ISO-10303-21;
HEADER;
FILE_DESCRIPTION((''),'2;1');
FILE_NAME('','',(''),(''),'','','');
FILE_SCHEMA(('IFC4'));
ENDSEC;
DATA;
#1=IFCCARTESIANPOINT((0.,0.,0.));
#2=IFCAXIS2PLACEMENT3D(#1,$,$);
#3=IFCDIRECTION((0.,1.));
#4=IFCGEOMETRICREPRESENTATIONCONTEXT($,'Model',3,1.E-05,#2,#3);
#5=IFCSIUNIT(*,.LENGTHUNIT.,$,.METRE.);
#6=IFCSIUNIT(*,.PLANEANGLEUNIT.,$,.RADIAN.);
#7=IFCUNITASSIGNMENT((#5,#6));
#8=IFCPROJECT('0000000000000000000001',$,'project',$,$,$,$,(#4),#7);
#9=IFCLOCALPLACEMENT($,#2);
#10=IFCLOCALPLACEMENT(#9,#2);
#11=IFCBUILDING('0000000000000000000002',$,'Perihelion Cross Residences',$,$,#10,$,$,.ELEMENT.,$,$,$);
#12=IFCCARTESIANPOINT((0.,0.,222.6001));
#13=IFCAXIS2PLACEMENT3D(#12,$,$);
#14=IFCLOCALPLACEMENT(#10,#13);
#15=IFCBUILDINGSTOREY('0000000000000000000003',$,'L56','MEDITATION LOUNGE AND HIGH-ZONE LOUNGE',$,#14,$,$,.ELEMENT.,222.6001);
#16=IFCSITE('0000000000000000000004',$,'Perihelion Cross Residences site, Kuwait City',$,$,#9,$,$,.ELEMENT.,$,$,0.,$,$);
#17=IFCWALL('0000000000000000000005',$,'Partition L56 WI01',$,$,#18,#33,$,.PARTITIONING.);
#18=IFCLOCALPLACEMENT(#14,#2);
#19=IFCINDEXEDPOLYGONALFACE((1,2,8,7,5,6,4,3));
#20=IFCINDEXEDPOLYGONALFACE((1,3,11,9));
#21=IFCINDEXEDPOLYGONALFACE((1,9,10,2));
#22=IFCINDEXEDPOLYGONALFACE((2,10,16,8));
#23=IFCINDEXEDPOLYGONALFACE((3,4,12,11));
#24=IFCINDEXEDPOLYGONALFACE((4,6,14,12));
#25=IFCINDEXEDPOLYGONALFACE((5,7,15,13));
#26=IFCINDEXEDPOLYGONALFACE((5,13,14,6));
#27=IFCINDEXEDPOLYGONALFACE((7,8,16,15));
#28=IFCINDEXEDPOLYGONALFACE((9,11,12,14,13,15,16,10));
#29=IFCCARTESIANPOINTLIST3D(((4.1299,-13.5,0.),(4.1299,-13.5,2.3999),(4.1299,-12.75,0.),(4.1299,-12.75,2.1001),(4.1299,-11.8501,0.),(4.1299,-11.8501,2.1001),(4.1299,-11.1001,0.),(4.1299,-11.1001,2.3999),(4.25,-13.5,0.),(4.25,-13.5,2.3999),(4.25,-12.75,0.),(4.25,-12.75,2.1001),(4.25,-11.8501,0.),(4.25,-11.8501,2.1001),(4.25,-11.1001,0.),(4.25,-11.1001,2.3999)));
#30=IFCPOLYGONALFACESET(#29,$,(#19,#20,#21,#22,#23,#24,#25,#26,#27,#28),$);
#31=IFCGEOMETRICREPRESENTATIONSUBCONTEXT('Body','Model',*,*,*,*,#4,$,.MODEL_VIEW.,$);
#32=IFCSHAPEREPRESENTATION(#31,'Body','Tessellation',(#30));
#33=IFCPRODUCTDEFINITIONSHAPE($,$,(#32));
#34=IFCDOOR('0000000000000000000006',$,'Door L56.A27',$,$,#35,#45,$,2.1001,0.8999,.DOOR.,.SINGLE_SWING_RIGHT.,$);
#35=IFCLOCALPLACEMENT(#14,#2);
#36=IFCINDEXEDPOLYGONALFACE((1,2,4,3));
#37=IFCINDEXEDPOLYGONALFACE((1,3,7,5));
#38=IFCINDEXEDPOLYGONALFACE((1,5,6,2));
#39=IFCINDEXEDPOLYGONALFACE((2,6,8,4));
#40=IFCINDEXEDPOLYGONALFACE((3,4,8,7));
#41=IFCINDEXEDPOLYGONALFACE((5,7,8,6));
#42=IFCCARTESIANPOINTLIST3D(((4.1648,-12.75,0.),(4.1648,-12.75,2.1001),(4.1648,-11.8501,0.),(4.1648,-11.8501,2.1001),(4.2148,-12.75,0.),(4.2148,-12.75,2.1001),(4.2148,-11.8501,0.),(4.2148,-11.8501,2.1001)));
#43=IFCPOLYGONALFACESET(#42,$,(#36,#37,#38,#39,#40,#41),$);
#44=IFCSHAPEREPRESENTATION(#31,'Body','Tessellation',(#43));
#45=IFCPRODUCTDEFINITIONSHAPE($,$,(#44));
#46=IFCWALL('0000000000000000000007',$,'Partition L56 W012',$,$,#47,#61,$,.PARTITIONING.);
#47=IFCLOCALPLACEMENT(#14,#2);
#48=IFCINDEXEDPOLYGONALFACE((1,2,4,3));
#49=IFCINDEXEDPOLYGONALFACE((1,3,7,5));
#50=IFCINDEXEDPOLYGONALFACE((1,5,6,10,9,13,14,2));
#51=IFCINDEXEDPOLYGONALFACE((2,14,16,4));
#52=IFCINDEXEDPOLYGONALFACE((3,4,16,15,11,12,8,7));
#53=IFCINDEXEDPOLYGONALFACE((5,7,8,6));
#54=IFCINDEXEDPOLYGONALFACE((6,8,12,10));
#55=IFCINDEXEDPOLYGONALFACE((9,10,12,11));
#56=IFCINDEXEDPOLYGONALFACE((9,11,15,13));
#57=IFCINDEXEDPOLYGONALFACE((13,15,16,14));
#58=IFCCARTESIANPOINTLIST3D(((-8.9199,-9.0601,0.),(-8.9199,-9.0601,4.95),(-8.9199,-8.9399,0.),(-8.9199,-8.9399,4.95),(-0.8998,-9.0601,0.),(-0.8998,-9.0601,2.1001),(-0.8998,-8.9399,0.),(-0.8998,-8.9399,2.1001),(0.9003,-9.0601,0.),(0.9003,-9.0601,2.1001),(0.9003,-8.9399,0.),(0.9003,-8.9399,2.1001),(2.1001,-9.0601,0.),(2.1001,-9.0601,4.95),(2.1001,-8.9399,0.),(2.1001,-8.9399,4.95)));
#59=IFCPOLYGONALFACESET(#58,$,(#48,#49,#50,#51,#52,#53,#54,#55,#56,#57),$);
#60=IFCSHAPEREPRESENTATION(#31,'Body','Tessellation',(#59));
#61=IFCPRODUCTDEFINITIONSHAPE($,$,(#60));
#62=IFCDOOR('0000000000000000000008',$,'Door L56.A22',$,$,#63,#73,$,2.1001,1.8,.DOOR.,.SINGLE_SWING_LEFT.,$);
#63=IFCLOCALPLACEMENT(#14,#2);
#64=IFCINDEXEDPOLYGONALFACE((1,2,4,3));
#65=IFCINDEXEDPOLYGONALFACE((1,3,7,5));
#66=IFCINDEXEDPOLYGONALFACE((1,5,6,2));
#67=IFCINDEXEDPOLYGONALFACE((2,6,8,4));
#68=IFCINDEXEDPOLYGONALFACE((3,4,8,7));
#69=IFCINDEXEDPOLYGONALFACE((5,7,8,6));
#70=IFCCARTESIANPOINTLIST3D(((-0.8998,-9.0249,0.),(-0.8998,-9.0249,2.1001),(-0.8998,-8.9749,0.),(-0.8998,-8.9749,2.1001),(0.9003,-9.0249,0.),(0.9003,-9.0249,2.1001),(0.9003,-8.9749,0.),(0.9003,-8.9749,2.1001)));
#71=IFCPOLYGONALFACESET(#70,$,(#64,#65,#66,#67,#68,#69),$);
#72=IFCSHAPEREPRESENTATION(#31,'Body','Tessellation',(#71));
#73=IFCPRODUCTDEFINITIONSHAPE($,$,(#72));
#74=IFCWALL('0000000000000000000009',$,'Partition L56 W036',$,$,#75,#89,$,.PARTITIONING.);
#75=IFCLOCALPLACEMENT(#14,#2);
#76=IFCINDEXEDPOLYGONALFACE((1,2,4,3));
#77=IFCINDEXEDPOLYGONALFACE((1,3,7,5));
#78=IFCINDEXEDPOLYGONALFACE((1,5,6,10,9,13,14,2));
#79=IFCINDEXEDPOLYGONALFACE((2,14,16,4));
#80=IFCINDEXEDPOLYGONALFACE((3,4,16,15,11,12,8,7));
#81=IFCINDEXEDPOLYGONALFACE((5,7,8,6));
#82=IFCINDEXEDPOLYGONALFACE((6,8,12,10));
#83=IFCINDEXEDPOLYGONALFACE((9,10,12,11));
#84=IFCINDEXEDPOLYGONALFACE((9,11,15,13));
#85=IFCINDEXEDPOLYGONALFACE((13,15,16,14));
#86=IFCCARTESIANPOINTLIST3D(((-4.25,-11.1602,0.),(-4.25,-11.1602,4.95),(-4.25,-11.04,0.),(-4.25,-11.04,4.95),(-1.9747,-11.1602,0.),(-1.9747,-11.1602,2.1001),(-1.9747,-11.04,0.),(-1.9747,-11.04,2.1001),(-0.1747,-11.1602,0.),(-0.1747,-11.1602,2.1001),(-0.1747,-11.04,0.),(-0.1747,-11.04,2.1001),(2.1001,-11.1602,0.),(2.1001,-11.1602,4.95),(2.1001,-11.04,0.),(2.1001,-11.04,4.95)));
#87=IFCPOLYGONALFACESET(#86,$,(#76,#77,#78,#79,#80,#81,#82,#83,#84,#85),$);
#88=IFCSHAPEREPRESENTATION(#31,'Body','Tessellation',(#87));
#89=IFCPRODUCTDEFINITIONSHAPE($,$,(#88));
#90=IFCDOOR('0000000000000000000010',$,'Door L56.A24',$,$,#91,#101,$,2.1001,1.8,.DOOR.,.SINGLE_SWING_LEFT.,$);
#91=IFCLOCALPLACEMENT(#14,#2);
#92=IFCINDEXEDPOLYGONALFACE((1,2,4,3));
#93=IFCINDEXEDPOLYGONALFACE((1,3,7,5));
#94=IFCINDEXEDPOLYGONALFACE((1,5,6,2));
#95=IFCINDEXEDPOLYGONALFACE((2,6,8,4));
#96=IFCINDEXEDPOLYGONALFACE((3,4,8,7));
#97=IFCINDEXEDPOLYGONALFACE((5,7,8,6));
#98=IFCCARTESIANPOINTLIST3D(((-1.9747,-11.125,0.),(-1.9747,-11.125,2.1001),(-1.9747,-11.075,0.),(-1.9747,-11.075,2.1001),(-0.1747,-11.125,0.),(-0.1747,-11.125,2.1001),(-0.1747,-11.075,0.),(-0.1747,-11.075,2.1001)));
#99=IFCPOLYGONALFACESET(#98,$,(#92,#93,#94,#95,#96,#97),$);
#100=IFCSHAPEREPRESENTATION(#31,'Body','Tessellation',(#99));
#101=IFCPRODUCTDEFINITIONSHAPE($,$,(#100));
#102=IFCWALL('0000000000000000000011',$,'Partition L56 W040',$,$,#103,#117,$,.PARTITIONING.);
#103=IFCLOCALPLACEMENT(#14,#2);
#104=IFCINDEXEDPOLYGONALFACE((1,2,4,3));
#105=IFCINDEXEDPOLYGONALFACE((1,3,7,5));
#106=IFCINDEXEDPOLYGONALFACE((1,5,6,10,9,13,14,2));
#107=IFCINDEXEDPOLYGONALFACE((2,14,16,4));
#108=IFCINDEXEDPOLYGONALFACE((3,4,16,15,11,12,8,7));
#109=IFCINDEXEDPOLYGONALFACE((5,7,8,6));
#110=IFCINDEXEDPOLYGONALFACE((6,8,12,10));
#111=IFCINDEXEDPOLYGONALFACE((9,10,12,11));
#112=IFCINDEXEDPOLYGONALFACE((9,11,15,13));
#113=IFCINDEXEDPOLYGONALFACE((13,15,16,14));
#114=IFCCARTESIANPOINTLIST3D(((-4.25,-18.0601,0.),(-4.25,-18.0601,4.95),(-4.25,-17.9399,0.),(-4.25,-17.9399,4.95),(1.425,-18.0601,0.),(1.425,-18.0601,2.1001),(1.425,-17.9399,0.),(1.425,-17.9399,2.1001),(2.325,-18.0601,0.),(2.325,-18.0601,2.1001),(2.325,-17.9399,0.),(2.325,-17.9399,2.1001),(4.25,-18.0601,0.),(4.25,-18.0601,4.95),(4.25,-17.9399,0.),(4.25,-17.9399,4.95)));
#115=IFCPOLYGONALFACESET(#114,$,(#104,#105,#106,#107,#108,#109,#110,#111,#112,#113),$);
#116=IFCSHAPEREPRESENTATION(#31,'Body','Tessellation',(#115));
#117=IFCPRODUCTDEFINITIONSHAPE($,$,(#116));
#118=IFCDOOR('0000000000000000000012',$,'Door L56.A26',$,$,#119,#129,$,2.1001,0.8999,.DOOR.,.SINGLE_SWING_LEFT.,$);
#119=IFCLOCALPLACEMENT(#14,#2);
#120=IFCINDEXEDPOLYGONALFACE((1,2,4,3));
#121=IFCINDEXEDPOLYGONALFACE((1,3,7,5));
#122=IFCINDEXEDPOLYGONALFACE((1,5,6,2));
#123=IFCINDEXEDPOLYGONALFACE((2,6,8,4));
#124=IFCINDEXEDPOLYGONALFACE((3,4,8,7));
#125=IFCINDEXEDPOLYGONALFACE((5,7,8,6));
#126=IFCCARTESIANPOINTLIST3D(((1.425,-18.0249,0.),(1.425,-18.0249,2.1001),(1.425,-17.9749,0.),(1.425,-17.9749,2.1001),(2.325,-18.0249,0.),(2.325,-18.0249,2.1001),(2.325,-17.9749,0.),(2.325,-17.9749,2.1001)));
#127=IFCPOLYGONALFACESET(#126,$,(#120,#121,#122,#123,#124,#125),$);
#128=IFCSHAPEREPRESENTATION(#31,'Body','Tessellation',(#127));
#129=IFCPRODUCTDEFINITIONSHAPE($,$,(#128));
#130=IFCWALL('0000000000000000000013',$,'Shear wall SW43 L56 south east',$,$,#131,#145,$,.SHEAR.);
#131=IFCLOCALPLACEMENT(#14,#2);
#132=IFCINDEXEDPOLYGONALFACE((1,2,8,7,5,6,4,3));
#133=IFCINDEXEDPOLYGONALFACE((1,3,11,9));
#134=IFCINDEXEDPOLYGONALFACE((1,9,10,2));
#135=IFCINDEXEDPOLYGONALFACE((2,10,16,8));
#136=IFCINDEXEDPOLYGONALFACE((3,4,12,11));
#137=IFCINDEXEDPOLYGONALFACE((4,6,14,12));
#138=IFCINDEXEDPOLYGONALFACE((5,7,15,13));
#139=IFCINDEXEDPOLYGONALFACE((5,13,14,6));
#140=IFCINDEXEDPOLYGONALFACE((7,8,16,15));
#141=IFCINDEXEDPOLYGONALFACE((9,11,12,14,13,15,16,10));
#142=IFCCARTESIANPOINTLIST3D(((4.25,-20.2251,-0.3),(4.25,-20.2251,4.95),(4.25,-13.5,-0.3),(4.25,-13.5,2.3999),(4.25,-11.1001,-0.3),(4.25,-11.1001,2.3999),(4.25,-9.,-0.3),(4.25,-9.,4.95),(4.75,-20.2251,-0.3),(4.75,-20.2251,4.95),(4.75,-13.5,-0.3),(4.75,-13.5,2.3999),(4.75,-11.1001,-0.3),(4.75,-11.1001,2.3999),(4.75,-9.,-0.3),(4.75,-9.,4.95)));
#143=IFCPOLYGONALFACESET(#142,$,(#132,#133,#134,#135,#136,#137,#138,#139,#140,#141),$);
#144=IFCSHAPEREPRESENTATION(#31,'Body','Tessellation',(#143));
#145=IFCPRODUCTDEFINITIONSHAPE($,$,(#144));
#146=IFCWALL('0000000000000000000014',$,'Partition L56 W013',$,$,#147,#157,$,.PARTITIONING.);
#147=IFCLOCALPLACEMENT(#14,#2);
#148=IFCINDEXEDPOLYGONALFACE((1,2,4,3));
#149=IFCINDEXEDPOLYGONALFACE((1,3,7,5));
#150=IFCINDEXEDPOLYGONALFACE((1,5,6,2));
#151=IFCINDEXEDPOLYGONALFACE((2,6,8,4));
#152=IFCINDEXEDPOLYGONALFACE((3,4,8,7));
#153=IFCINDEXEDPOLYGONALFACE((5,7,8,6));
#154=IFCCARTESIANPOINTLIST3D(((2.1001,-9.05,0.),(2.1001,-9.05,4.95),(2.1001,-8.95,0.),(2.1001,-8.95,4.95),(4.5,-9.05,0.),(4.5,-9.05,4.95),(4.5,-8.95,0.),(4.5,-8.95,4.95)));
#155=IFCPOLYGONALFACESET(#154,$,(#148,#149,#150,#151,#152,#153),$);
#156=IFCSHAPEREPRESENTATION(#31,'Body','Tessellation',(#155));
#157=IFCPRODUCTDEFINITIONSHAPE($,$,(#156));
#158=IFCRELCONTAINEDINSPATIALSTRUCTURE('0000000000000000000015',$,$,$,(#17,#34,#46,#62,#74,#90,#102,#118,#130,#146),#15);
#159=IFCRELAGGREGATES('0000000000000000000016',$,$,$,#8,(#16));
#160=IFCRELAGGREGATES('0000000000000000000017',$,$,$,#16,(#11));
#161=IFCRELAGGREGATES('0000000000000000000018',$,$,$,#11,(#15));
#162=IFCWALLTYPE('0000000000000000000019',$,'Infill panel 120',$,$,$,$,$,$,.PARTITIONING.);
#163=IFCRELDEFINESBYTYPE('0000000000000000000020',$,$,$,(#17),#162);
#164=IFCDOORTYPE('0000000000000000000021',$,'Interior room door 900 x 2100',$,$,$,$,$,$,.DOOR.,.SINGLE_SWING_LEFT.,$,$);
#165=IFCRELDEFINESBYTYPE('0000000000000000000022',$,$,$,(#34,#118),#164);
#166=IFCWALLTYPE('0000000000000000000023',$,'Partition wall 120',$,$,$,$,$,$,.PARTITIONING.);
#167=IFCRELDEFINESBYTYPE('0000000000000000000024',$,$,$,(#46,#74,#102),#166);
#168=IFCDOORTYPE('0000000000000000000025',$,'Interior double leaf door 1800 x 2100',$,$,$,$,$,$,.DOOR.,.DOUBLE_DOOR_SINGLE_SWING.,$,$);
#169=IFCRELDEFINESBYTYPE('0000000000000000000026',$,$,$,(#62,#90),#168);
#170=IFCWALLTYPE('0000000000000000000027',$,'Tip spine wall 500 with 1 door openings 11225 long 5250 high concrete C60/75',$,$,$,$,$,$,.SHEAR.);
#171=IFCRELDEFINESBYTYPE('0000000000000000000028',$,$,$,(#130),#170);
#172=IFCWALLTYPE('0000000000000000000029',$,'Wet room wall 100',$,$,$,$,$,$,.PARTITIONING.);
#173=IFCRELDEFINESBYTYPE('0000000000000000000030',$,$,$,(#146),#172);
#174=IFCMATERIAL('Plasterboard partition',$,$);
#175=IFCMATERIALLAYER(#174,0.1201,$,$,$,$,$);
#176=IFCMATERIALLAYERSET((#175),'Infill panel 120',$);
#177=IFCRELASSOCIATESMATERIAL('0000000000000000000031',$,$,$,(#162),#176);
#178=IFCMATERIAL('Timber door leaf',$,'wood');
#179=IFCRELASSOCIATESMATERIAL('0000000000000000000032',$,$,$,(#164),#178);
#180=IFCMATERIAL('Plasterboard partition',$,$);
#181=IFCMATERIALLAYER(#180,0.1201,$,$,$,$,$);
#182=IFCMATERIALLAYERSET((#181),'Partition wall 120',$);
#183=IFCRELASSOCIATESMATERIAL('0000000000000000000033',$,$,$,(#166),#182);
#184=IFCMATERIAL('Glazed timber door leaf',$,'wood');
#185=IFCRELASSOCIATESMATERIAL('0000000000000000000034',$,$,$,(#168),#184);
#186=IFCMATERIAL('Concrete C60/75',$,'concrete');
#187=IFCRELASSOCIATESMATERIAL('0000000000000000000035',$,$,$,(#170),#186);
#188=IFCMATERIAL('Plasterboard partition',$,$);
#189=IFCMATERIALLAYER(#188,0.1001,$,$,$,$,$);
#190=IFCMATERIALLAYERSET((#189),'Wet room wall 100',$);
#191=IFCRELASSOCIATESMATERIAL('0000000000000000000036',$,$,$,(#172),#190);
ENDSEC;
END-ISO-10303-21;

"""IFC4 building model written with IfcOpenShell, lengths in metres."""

from ifc_helpers import new_model, si_unit, direction, frame, frame_2d, origin, place, context, subcontext, project, spatial, polyline, rectangle, outline, extrude, material, layer, layer_set, material_profile, profile_set, type_object, element, fill, save


model = new_model("IFC4")

# Units and contexts
model_context = context("Model", 3, precision=1e-05, world=origin(), true_north=direction((0.0, 1.0)))
body_context = subcontext(model_context, "Body", "Model", "MODEL_VIEW")
ifc_project = project(units=[si_unit("LENGTHUNIT", "METRE"), si_unit("PLANEANGLEUNIT", "RADIAN")], contexts=[model_context])

# Site, building, storey
site_placement = place(None, origin())
site = spatial("IfcSite", under=ifc_project, at=site_placement, Name="Perihelion Cross Residences site, Kuwait City", CompositionType="ELEMENT", RefElevation=0.0)
building_placement = place(site_placement, origin())
building = spatial("IfcBuilding", under=site, at=building_placement, Name="Perihelion Cross Residences", CompositionType="ELEMENT")
storey_placement = place(building_placement, frame((0.0, 0.0, 222.6001)))
storey = spatial("IfcBuildingStorey", under=building, at=storey_placement, Name="L56", Description="MEDITATION LOUNGE AND HIGH-ZONE LOUNGE", CompositionType="ELEMENT", Elevation=222.6001)

# Walls, openings, doors
ifc_material_1 = material(Name="Plasterboard partition")
ifc_layer_1 = layer(ifc_material_1, 0.1201)
ifc_layer_set_1 = layer_set([ifc_layer_1], Name="Infill panel 120")
wall_type_1 = type_object("IfcWallType", Name="Infill panel 120", PredefinedType="PARTITIONING", material=ifc_layer_set_1)
wall_1_placement = place(storey_placement, frame((4.1899, -11.1001, 0.0), z_axis=(0.0, 0.0, 1.0), x_axis=(0.0, -1.0, 0.0)))
wall_1 = element("IfcWall", 1, at=wall_1_placement, inside=storey, type_object=wall_type_1, Name="Partition L56 WI01", PredefinedType="PARTITIONING", context=body_context, shape_type="SweptSolid", body=[
    extrude(rectangle(XDim=2.3999, YDim=0.1201, at=frame_2d((1.2, 0.0))), origin(), (0.0, 0.0, 1.0), 2.3999),
])
opening_1_placement = place(wall_1_placement, frame((0.75, 0.0, 0.0)))
opening_1 = element("IfcOpeningElement", 2, at=opening_1_placement, cuts=wall_1, PredefinedType="OPENING", context=body_context, shape_type="SweptSolid", body=[
    extrude(rectangle(XDim=0.8999, YDim=2.1001, at=frame_2d((0.45, 1.05))), frame((0.0, 0.0701, 0.0), z_axis=(0.0, -1.0, 0.0), x_axis=(1.0, 0.0, 0.0)), (0.0, 0.0, 1.0), 0.1401),
])
ifc_material_2 = material(Name="Timber door leaf", Category="wood")
door_type_1 = type_object("IfcDoorType", Name="Interior room door 900 x 2100", OperationType="SINGLE_SWING_LEFT", PredefinedType="DOOR", material=ifc_material_2)
door_1_placement = place(opening_1_placement, origin())
door_1 = element("IfcDoor", 3, at=door_1_placement, inside=storey, type_object=door_type_1, Name="Door L56.A27", OperationType="SINGLE_SWING_RIGHT", OverallHeight=2.1001, OverallWidth=0.8999, PredefinedType="DOOR", context=body_context, shape_type="SweptSolid", body=[
    extrude(rectangle(XDim=0.8999, YDim=2.1001, at=frame_2d((0.45, 1.05))), frame((0.0, 0.0249, 0.0), z_axis=(0.0, -1.0, 0.0), x_axis=(1.0, 0.0, 0.0)), (0.0, 0.0, 1.0), 0.05),
])
fill(opening_1, door_1)
ifc_material_3 = material(Name="Plasterboard partition")
ifc_layer_2 = layer(ifc_material_3, 0.1201)
ifc_layer_set_2 = layer_set([ifc_layer_2], Name="Partition wall 120")
wall_type_2 = type_object("IfcWallType", Name="Partition wall 120", PredefinedType="PARTITIONING", material=ifc_layer_set_2)
wall_2_placement = place(storey_placement, frame((2.1001, -9.0, 0.0), z_axis=(0.0, 0.0, 1.0), x_axis=(-1.0, 0.0, 0.0)))
wall_2 = element("IfcWall", 4, at=wall_2_placement, inside=storey, type_object=wall_type_2, Name="Partition L56 W012", PredefinedType="PARTITIONING", context=body_context, shape_type="SweptSolid", body=[
    extrude(rectangle(XDim=11.02, YDim=0.1201, at=frame_2d((5.51, 0.0))), origin(), (0.0, 0.0, 1.0), 4.95),
])
opening_2_placement = place(wall_2_placement, frame((1.2, 0.0, 0.0)))
opening_2 = element("IfcOpeningElement", 5, at=opening_2_placement, cuts=wall_2, PredefinedType="OPENING", context=body_context, shape_type="SweptSolid", body=[
    extrude(rectangle(XDim=1.8, YDim=2.1001, at=frame_2d((0.8999, 1.05))), frame((0.0, 0.0701, 0.0), z_axis=(0.0, -1.0, 0.0), x_axis=(1.0, 0.0, 0.0)), (0.0, 0.0, 1.0), 0.1401),
])
ifc_material_4 = material(Name="Glazed timber door leaf", Category="wood")
door_type_2 = type_object("IfcDoorType", Name="Interior double leaf door 1800 x 2100", OperationType="DOUBLE_DOOR_SINGLE_SWING", PredefinedType="DOOR", material=ifc_material_4)
door_2_placement = place(opening_2_placement, origin())
door_2 = element("IfcDoor", 6, at=door_2_placement, inside=storey, type_object=door_type_2, Name="Door L56.A22", OperationType="SINGLE_SWING_LEFT", OverallHeight=2.1001, OverallWidth=1.8, PredefinedType="DOOR", context=body_context, shape_type="SweptSolid", body=[
    extrude(rectangle(XDim=1.8, YDim=2.1001, at=frame_2d((0.8999, 1.05))), frame((0.0, 0.0249, 0.0), z_axis=(0.0, -1.0, 0.0), x_axis=(1.0, 0.0, 0.0)), (0.0, 0.0, 1.0), 0.05),
])
fill(opening_2, door_2)
wall_3_placement = place(storey_placement, frame((2.1001, -11.1001, 0.0), z_axis=(0.0, 0.0, 1.0), x_axis=(-1.0, 0.0, 0.0)))
wall_3 = element("IfcWall", 7, at=wall_3_placement, inside=storey, type_object=wall_type_2, Name="Partition L56 W036", PredefinedType="PARTITIONING", context=body_context, shape_type="SweptSolid", body=[
    extrude(rectangle(XDim=6.3501, YDim=0.1201, at=frame_2d((3.175, 0.0))), origin(), (0.0, 0.0, 1.0), 4.95),
])
opening_3_placement = place(wall_3_placement, frame((2.2749, 0.0, 0.0)))
opening_3 = element("IfcOpeningElement", 8, at=opening_3_placement, cuts=wall_3, PredefinedType="OPENING", context=body_context, shape_type="SweptSolid", body=[
    extrude(rectangle(XDim=1.8, YDim=2.1001, at=frame_2d((0.8999, 1.05))), frame((0.0, 0.0701, 0.0), z_axis=(0.0, -1.0, 0.0), x_axis=(1.0, 0.0, 0.0)), (0.0, 0.0, 1.0), 0.1401),
])
door_3_placement = place(opening_3_placement, origin())
door_3 = element("IfcDoor", 9, at=door_3_placement, inside=storey, type_object=door_type_2, Name="Door L56.A24", OperationType="SINGLE_SWING_LEFT", OverallHeight=2.1001, OverallWidth=1.8, PredefinedType="DOOR", context=body_context, shape_type="SweptSolid", body=[
    extrude(rectangle(XDim=1.8, YDim=2.1001, at=frame_2d((0.8999, 1.05))), frame((0.0, 0.0249, 0.0), z_axis=(0.0, -1.0, 0.0), x_axis=(1.0, 0.0, 0.0)), (0.0, 0.0, 1.0), 0.05),
])
fill(opening_3, door_3)
wall_4_placement = place(storey_placement, frame((4.25, -18.0, 0.0), z_axis=(0.0, 0.0, 1.0), x_axis=(-1.0, 0.0, 0.0)))
wall_4 = element("IfcWall", 10, at=wall_4_placement, inside=storey, type_object=wall_type_2, Name="Partition L56 W040", PredefinedType="PARTITIONING", context=body_context, shape_type="SweptSolid", body=[
    extrude(rectangle(XDim=8.5, YDim=0.1201, at=frame_2d((4.25, 0.0))), origin(), (0.0, 0.0, 1.0), 4.95),
])
opening_4_placement = place(wall_4_placement, frame((1.925, 0.0, 0.0)))
opening_4 = element("IfcOpeningElement", 11, at=opening_4_placement, cuts=wall_4, PredefinedType="OPENING", context=body_context, shape_type="SweptSolid", body=[
    extrude(rectangle(XDim=0.8999, YDim=2.1001, at=frame_2d((0.45, 1.05))), frame((0.0, 0.0701, 0.0), z_axis=(0.0, -1.0, 0.0), x_axis=(1.0, 0.0, 0.0)), (0.0, 0.0, 1.0), 0.1401),
])
door_4_placement = place(opening_4_placement, origin())
door_4 = element("IfcDoor", 12, at=door_4_placement, inside=storey, type_object=door_type_1, Name="Door L56.A26", OperationType="SINGLE_SWING_LEFT", OverallHeight=2.1001, OverallWidth=0.8999, PredefinedType="DOOR", context=body_context, shape_type="SweptSolid", body=[
    extrude(rectangle(XDim=0.8999, YDim=2.1001, at=frame_2d((0.45, 1.05))), frame((0.0, 0.0249, 0.0), z_axis=(0.0, -1.0, 0.0), x_axis=(1.0, 0.0, 0.0)), (0.0, 0.0, 1.0), 0.05),
])
fill(opening_4, door_4)

# Walls
ifc_material_5 = material(Name="Concrete C60/75", Category="concrete")
ifc_material_profile_1 = material_profile(ifc_material_5, outline(polyline([(0.0, 0.0), (6.7251, 0.0), (6.7251, 2.7), (9.125, 2.7), (9.125, 0.0), (11.2251, 0.0), (11.2251, 5.25), (0.0, 5.25), (0.0, 0.0)])), Name="Tip spine wall")
ifc_profile_set_1 = profile_set([ifc_material_profile_1], Name="Concrete C60/75")
wall_type_3 = type_object("IfcWallType", Name="Tip spine wall 500 with 1 door openings 11225 long 5250 high concrete C60/75", PredefinedType="SHEAR", material=ifc_profile_set_1)
wall_5_placement = place(storey_placement, frame((4.25, -20.2251, -0.3), z_axis=(1.0, 0.0, 0.0), x_axis=(0.0, 1.0, 0.0)))
element("IfcWall", 13, at=wall_5_placement, inside=storey, type_object=wall_type_3, Name="Shear wall SW43 L56 south east", PredefinedType="SHEAR", context=body_context, shape_type="SweptSolid", body=[
    extrude(outline(polyline([(0.0, 0.0), (6.7251, 0.0), (6.7251, 2.7), (9.125, 2.7), (9.125, 0.0), (11.2251, 0.0), (11.2251, 5.25), (0.0, 5.25), (0.0, 0.0)])), origin(), (0.0, 0.0, 1.0), 0.5),
])
ifc_material_6 = material(Name="Plasterboard partition")
ifc_layer_3 = layer(ifc_material_6, 0.1001)
ifc_layer_set_3 = layer_set([ifc_layer_3], Name="Wet room wall 100")
wall_type_4 = type_object("IfcWallType", Name="Wet room wall 100", PredefinedType="PARTITIONING", material=ifc_layer_set_3)
wall_6_placement = place(storey_placement, frame((4.5, -9.0, 0.0), z_axis=(0.0, 0.0, 1.0), x_axis=(-1.0, 0.0, 0.0)))
element("IfcWall", 14, at=wall_6_placement, inside=storey, type_object=wall_type_4, Name="Partition L56 W013", PredefinedType="PARTITIONING", context=body_context, shape_type="SweptSolid", body=[
    extrude(rectangle(XDim=2.3999, YDim=0.1001, at=frame_2d((1.2, 0.0))), origin(), (0.0, 0.0, 1.0), 4.95),
])

save(model, "model.ifc")
